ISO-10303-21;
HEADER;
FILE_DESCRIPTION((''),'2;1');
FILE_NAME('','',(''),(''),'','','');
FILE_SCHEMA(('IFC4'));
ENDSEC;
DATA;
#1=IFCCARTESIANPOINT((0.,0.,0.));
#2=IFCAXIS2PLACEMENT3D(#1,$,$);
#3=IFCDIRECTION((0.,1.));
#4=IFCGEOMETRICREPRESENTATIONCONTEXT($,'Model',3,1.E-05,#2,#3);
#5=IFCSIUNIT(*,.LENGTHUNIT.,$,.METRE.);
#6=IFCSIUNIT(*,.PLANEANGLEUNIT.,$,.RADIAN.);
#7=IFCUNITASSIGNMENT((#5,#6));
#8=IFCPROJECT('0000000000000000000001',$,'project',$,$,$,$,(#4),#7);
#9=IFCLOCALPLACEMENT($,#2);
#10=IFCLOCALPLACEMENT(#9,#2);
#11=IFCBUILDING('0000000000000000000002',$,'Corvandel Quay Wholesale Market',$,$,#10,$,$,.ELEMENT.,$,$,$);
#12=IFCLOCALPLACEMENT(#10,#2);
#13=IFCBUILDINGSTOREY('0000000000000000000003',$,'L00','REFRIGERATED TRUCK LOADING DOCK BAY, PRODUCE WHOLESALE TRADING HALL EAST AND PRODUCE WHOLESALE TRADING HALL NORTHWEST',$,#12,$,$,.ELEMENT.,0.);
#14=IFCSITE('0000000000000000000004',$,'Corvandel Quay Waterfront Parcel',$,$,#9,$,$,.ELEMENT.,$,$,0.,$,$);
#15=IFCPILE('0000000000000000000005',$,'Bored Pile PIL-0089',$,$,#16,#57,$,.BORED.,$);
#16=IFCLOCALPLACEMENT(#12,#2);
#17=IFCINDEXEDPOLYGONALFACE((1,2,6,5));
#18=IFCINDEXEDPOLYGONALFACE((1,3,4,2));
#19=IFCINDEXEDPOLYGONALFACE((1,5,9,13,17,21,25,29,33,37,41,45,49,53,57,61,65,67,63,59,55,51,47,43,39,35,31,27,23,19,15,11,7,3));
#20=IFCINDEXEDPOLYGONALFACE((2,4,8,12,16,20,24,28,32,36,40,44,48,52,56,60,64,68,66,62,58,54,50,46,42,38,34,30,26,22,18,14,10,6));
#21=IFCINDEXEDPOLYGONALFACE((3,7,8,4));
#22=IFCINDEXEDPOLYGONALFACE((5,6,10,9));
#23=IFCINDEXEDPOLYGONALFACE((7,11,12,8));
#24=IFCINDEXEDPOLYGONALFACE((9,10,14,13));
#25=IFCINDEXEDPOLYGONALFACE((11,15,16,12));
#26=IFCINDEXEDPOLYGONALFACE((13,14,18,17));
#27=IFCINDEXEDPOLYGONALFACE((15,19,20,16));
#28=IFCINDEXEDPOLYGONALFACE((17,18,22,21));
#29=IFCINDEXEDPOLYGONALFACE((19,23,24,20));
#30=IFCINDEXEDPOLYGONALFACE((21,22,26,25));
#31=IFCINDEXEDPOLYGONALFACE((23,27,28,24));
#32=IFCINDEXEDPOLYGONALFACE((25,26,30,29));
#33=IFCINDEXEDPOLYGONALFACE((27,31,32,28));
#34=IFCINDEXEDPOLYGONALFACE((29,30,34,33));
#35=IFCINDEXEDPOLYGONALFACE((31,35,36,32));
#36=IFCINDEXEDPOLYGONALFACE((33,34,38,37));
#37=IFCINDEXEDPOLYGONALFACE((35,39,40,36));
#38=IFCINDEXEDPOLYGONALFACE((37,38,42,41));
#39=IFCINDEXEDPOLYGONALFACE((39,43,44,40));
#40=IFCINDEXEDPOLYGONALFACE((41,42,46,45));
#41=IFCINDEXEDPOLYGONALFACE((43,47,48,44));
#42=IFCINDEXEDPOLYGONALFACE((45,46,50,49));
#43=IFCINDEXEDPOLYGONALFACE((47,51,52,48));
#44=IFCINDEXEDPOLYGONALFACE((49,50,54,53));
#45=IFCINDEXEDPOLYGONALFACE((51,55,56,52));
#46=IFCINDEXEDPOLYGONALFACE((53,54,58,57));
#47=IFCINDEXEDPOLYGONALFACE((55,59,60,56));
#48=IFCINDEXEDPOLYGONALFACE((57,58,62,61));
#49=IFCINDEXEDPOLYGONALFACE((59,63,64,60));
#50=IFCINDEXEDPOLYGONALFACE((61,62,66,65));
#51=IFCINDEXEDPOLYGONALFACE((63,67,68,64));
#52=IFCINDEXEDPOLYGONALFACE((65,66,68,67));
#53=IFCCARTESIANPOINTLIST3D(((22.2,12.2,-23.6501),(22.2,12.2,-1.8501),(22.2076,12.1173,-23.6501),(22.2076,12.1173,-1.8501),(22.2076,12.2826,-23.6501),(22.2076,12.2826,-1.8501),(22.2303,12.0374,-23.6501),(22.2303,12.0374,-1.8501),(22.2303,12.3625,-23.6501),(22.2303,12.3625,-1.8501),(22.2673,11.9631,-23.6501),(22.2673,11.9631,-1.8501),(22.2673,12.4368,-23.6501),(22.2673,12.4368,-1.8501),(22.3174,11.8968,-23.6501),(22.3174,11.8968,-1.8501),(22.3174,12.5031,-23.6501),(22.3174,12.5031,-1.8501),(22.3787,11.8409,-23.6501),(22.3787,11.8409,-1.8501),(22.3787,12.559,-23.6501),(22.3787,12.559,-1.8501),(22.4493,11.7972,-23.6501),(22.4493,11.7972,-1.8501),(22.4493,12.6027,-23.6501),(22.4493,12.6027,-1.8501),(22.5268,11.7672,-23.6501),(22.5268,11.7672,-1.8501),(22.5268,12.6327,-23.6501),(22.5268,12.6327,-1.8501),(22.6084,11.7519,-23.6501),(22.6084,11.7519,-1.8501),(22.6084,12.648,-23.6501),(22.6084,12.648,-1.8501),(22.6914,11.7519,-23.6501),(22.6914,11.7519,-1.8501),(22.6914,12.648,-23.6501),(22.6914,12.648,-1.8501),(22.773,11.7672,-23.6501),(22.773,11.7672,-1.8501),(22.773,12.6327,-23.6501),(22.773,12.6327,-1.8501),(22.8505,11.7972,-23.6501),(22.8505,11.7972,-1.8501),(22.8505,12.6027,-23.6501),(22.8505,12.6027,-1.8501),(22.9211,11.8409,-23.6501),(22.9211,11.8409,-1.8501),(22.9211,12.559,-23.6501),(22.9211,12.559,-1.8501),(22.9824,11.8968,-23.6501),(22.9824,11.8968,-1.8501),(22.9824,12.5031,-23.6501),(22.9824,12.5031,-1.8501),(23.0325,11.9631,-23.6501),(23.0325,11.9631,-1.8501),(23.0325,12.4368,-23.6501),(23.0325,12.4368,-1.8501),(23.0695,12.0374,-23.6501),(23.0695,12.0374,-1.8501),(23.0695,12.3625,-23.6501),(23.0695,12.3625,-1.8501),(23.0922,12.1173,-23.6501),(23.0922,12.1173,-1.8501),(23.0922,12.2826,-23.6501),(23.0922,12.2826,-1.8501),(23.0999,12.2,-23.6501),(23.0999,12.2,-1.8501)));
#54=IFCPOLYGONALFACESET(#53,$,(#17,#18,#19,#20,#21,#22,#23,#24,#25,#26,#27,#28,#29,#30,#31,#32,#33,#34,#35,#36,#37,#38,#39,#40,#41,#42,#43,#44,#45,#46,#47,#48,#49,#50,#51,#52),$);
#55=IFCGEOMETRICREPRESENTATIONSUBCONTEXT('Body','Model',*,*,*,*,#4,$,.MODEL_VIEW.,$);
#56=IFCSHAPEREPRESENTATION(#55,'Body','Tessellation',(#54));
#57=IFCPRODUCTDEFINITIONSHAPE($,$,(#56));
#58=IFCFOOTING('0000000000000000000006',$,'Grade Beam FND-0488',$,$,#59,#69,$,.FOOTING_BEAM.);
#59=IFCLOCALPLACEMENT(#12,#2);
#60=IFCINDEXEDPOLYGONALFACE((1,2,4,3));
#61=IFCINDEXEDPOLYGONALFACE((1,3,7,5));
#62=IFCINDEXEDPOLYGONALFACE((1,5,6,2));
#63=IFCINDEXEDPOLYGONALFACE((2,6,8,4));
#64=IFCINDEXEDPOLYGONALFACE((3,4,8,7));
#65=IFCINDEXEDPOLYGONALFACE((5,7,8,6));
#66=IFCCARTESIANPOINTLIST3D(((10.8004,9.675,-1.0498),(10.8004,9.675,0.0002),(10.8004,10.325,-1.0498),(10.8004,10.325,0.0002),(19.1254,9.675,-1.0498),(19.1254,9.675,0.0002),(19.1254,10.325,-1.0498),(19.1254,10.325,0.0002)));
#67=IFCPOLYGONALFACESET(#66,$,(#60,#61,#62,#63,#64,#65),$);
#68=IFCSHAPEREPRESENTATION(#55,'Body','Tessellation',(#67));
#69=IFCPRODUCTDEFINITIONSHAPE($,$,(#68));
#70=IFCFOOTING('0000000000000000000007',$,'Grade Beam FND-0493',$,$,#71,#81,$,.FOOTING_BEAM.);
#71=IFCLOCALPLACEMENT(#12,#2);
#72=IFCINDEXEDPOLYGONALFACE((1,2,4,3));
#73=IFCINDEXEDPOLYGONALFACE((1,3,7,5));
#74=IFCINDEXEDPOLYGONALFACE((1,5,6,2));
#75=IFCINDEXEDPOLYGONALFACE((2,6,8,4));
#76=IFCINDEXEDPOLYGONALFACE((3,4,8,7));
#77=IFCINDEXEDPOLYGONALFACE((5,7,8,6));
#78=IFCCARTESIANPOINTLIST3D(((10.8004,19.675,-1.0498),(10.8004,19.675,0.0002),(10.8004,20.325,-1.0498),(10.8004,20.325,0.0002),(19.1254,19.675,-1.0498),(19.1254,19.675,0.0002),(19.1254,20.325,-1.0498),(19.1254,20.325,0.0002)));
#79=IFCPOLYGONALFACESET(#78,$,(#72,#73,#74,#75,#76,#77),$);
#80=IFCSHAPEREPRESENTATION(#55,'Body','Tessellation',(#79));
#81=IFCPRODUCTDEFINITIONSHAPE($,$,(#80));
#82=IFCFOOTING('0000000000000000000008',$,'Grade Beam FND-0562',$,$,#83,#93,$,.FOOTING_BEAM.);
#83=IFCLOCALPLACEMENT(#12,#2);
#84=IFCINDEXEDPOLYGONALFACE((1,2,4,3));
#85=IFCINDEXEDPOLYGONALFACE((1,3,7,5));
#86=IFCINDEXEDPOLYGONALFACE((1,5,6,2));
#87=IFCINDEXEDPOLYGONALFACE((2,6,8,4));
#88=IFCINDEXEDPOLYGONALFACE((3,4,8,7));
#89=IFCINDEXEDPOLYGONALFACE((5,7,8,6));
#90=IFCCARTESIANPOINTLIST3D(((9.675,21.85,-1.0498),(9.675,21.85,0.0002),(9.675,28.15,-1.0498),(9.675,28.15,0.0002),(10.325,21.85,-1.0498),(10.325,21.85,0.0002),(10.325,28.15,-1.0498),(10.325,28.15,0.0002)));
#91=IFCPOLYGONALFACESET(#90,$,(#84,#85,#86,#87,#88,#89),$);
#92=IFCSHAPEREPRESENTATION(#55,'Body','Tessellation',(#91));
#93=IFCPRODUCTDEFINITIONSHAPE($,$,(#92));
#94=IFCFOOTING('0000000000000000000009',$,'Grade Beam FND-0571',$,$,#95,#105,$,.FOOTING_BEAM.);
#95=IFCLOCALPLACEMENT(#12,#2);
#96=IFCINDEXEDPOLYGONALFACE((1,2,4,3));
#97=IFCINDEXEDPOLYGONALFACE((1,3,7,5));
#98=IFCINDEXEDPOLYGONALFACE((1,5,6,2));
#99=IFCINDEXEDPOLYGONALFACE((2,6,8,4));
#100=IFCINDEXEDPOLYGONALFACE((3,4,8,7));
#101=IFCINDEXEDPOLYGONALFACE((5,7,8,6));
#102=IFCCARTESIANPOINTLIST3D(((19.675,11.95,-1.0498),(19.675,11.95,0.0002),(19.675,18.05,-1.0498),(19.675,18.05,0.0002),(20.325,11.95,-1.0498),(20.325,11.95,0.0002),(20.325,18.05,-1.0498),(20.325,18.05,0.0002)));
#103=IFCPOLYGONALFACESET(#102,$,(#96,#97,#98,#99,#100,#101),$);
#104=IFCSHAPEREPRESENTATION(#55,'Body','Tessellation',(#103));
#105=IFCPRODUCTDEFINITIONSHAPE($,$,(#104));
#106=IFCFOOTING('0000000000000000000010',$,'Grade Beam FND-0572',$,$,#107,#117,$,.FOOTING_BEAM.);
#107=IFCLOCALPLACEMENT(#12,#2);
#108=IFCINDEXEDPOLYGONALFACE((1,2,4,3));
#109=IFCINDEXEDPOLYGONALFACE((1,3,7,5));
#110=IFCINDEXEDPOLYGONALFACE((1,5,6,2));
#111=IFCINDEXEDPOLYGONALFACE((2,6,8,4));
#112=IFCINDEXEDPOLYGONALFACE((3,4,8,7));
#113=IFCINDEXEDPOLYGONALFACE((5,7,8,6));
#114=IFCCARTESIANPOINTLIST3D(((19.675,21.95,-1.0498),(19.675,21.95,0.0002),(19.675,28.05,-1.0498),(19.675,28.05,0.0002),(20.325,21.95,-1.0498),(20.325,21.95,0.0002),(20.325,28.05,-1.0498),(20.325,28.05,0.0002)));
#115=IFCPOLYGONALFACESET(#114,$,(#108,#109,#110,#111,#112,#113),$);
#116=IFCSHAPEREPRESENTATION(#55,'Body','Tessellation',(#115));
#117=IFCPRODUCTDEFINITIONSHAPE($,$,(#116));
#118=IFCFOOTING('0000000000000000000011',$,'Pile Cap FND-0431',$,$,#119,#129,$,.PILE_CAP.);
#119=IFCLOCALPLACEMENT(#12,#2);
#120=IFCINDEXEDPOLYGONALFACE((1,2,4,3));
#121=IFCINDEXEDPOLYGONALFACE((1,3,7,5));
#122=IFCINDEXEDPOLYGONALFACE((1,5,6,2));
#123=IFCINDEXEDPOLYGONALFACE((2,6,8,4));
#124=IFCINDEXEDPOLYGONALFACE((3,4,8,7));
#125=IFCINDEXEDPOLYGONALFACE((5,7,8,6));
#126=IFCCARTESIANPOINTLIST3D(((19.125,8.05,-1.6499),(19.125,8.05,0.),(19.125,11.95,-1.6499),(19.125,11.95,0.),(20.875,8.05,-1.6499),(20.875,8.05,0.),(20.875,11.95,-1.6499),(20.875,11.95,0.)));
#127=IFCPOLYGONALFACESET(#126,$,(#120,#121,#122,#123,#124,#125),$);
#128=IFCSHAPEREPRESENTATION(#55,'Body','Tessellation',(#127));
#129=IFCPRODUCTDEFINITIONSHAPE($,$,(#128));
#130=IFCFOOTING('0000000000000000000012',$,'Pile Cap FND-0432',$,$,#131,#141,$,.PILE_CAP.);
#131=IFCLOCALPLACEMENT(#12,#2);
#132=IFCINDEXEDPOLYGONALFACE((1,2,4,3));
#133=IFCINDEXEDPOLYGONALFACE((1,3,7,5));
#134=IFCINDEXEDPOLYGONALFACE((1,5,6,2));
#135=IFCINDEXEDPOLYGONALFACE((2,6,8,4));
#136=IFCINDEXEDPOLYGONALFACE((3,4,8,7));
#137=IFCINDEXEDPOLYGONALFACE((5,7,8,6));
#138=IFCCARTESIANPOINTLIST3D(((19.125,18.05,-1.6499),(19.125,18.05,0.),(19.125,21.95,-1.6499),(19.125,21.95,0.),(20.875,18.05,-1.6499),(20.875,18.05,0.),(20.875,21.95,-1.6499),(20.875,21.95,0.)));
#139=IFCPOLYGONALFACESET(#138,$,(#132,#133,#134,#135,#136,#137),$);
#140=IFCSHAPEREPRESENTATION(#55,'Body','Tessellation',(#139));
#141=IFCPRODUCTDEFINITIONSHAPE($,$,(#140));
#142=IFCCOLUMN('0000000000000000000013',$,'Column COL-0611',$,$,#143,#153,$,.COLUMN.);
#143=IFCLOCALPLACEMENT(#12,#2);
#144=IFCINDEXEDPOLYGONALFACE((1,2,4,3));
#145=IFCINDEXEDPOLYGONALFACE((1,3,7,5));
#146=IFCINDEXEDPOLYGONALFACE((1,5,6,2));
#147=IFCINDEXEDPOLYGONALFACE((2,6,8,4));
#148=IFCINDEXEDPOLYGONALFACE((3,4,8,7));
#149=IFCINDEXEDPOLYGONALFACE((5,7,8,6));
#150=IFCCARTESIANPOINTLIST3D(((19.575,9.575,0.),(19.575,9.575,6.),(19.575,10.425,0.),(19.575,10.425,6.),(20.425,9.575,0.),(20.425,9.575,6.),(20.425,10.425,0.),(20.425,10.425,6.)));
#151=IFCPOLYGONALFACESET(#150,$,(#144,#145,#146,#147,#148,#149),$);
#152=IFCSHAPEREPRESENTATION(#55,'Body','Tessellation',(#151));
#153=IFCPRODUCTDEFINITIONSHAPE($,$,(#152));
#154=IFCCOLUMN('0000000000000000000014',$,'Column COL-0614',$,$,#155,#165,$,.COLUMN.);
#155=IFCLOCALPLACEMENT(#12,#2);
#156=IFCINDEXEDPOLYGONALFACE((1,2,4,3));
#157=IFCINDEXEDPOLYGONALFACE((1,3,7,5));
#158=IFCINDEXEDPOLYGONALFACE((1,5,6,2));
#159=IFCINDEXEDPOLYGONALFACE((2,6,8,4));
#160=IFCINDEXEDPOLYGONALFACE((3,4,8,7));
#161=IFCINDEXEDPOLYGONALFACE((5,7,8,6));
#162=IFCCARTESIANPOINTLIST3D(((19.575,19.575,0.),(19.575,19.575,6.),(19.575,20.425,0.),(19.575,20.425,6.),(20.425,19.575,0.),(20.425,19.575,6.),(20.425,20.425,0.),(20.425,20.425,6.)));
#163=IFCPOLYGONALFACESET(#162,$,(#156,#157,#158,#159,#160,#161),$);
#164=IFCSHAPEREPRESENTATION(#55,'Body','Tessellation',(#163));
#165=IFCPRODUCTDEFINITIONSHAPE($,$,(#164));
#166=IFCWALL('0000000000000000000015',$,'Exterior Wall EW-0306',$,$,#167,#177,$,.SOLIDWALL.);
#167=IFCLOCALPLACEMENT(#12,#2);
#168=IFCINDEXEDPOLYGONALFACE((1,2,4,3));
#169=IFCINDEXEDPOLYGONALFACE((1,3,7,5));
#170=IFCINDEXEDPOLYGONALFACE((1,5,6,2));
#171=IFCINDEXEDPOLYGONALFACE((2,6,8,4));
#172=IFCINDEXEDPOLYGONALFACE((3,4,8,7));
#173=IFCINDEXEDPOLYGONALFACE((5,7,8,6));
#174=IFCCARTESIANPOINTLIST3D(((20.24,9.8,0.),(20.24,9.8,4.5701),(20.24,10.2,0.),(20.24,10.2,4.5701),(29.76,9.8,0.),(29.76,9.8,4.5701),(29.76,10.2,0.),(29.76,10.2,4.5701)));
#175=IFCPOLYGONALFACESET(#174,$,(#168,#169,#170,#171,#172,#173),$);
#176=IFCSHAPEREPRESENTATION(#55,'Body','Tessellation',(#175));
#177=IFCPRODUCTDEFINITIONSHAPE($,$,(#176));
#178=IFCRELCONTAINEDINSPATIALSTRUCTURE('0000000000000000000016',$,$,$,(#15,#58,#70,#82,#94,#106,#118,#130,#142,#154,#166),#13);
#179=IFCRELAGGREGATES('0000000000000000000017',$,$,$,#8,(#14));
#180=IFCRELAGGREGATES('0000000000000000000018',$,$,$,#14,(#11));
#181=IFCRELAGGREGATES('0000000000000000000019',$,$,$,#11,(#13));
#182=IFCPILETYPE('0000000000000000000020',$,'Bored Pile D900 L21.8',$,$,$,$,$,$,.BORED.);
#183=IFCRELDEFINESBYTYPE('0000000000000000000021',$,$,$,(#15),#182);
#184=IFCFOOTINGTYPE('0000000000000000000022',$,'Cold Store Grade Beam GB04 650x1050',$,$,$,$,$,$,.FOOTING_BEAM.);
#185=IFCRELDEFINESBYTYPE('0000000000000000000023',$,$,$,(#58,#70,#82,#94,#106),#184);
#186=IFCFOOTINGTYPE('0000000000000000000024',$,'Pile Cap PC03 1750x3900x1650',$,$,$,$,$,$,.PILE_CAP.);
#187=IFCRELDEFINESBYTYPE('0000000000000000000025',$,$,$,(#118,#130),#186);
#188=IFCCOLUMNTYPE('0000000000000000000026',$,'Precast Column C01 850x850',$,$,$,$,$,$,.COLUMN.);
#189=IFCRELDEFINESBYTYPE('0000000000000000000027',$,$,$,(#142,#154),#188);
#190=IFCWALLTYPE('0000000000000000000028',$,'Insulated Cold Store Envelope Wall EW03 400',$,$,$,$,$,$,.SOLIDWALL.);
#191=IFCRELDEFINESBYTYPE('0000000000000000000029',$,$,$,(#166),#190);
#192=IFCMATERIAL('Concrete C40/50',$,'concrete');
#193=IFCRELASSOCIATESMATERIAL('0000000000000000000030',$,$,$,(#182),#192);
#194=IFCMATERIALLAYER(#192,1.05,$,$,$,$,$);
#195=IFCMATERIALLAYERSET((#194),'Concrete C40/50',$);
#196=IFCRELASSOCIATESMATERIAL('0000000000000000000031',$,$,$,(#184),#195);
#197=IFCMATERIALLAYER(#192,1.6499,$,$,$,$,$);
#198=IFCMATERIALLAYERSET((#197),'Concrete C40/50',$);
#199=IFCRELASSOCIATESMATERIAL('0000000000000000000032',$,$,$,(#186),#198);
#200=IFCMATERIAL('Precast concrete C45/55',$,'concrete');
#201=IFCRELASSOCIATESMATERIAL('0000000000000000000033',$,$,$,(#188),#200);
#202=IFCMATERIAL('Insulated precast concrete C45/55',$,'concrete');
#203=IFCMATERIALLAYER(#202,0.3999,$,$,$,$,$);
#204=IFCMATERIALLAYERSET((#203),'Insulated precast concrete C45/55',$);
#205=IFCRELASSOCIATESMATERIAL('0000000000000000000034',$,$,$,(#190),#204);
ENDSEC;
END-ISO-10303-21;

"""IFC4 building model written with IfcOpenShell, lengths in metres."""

from ifc_helpers import new_model, si_unit, direction, frame, frame_2d, origin, origin_2d, place, context, subcontext, project, spatial, rectangle, circle, extrude, material, layer, layer_set, material_profile, profile_set, type_object, element, save


model = new_model("IFC4")

# Units and contexts
model_context = context("Model", 3, precision=1e-05, world=origin(), true_north=direction((0.0, 1.0)))
body_context = subcontext(model_context, "Body", "Model", "MODEL_VIEW")
ifc_project = project(units=[si_unit("LENGTHUNIT", "METRE"), si_unit("PLANEANGLEUNIT", "RADIAN")], contexts=[model_context])

# Site, building, storey
site_placement = place(None, origin())
site = spatial("IfcSite", under=ifc_project, at=site_placement, Name="Corvandel Quay Waterfront Parcel", CompositionType="ELEMENT", RefElevation=0.0)
building_placement = place(site_placement, origin())
building = spatial("IfcBuilding", under=site, at=building_placement, Name="Corvandel Quay Wholesale Market", CompositionType="ELEMENT")
storey_placement = place(building_placement, origin())
storey = spatial("IfcBuildingStorey", under=building, at=storey_placement, Name="L00", Description="REFRIGERATED TRUCK LOADING DOCK BAY, PRODUCE WHOLESALE TRADING HALL EAST AND PRODUCE WHOLESALE TRADING HALL NORTHWEST", CompositionType="ELEMENT", Elevation=0.0)

# Pile
ifc_material_1 = material(Name="Concrete C40/50", Category="concrete")
ifc_material_profile_1 = material_profile(ifc_material_1, circle(Radius=0.45, at=origin_2d()), Name="RC-PILE-D900")
ifc_profile_set_1 = profile_set([ifc_material_profile_1], Name="Concrete C40/50")
pile_type_1 = type_object("IfcPileType", Name="Bored Pile D900 L21.8", PredefinedType="BORED", material=ifc_profile_set_1)
pile_placement = place(storey_placement, frame((22.6499, 12.2, -1.8501), z_axis=(0.0, 0.0, -1.0), x_axis=(1.0, 0.0, 0.0)))
element("IfcPile", 1, at=pile_placement, inside=storey, type_object=pile_type_1, Name="Bored Pile PIL-0089", PredefinedType="BORED", context=body_context, shape_type="SweptSolid", body=[
    extrude(circle(Radius=0.45, at=origin_2d()), origin(), (0.0, 0.0, 1.0), 21.8),
])

# Footings
ifc_layer_1 = layer(ifc_material_1, 1.05)
ifc_layer_set_1 = layer_set([ifc_layer_1], Name="Concrete C40/50")
footing_type_1 = type_object("IfcFootingType", Name="Cold Store Grade Beam GB04 650x1050", PredefinedType="FOOTING_BEAM", material=ifc_layer_set_1)
for number, where, z_axis, x_axis, name in (
    (2, (14.9629, 10.0, -1.0498), (0.0, 0.0, 1.0), (1.0, 0.0, 0.0), "Grade Beam FND-0488"),
    (3, (14.9629, 20.0, -1.0498), (0.0, 0.0, 1.0), (1.0, 0.0, 0.0), "Grade Beam FND-0493"),
):
    element("IfcFooting", number, at=place(storey_placement, frame(where, z_axis=z_axis, x_axis=x_axis)), inside=storey, type_object=footing_type_1, Name=name, PredefinedType="FOOTING_BEAM", context=body_context, shape_type="SweptSolid", body=[
        extrude(rectangle(XDim=8.325, YDim=0.6499, at=origin_2d()), origin(), (0.0, 0.0, 1.0), 1.05),
    ])
footing_placement = place(storey_placement, frame((10.0, 25.0, -1.0498), z_axis=(0.0, 0.0, 1.0), x_axis=(0.0, 1.0, 0.0)))
element("IfcFooting", 4, at=footing_placement, inside=storey, type_object=footing_type_1, Name="Grade Beam FND-0562", PredefinedType="FOOTING_BEAM", context=body_context, shape_type="SweptSolid", body=[
    extrude(rectangle(XDim=6.3, YDim=0.6499, at=origin_2d()), origin(), (0.0, 0.0, 1.0), 1.05),
])
for number, where, z_axis, x_axis, name in (
    (5, (20.0, 15.0, -1.0498), (0.0, 0.0, 1.0), (0.0, 1.0, 0.0), "Grade Beam FND-0571"),
    (6, (20.0, 25.0, -1.0498), (0.0, 0.0, 1.0), (0.0, 1.0, 0.0), "Grade Beam FND-0572"),
):
    element("IfcFooting", number, at=place(storey_placement, frame(where, z_axis=z_axis, x_axis=x_axis)), inside=storey, type_object=footing_type_1, Name=name, PredefinedType="FOOTING_BEAM", context=body_context, shape_type="SweptSolid", body=[
        extrude(rectangle(XDim=6.1001, YDim=0.6499, at=origin_2d()), origin(), (0.0, 0.0, 1.0), 1.05),
    ])
ifc_layer_2 = layer(ifc_material_1, 1.6499)
ifc_layer_set_2 = layer_set([ifc_layer_2], Name="Concrete C40/50")
footing_type_2 = type_object("IfcFootingType", Name="Pile Cap PC03 1750x3900x1650", PredefinedType="PILE_CAP", material=ifc_layer_set_2)
for number, where, z_axis, x_axis, name in (
    (7, (20.0, 10.0, -1.6499), (0.0, 0.0, 1.0), (1.0, 0.0, 0.0), "Pile Cap FND-0431"),
    (8, (20.0, 20.0, -1.6499), (0.0, 0.0, 1.0), (1.0, 0.0, 0.0), "Pile Cap FND-0432"),
):
    element("IfcFooting", number, at=place(storey_placement, frame(where, z_axis=z_axis, x_axis=x_axis)), inside=storey, type_object=footing_type_2, Name=name, PredefinedType="PILE_CAP", context=body_context, shape_type="SweptSolid", body=[
        extrude(rectangle(XDim=1.75, YDim=3.8999, at=origin_2d()), origin(), (0.0, 0.0, 1.0), 1.6499),
    ])

# Columns
ifc_material_2 = material(Name="Precast concrete C45/55", Category="concrete")
ifc_material_profile_2 = material_profile(ifc_material_2, rectangle(XDim=0.8501, YDim=0.8501, at=origin_2d()), Name="PC-COL-850x850")
ifc_profile_set_2 = profile_set([ifc_material_profile_2], Name="Precast concrete C45/55")
column_type = type_object("IfcColumnType", Name="Precast Column C01 850x850", PredefinedType="COLUMN", material=ifc_profile_set_2)
for number, where, z_axis, x_axis, name in (
    (9, (20.0, 10.0, 0.0), (0.0, 0.0, 1.0), (1.0, 0.0, 0.0), "Column COL-0611"),
    (10, (20.0, 20.0, 0.0), (0.0, 0.0, 1.0), (1.0, 0.0, 0.0), "Column COL-0614"),
):
    element("IfcColumn", number, at=place(storey_placement, frame(where, z_axis=z_axis, x_axis=x_axis)), inside=storey, type_object=column_type, Name=name, PredefinedType="COLUMN", context=body_context, shape_type="SweptSolid", body=[
        extrude(rectangle(XDim=0.8501, YDim=0.8501, at=origin_2d()), origin(), (0.0, 0.0, 1.0), 6.0),
    ])

# Wall
ifc_material_3 = material(Name="Insulated precast concrete C45/55", Category="concrete")
ifc_layer_3 = layer(ifc_material_3, 0.3999)
ifc_layer_set_3 = layer_set([ifc_layer_3], Name="Insulated precast concrete C45/55")
wall_type_1 = type_object("IfcWallType", Name="Insulated Cold Store Envelope Wall EW03 400", PredefinedType="SOLIDWALL", material=ifc_layer_set_3)
wall_1_placement = place(storey_placement, frame((20.24, 10.0, 0.0), z_axis=(0.0, 0.0, 1.0), x_axis=(1.0, 0.0, 0.0)))
element("IfcWall", 11, at=wall_1_placement, inside=storey, type_object=wall_type_1, Name="Exterior Wall EW-0306", PredefinedType="SOLIDWALL", context=body_context, shape_type="SweptSolid", body=[
    extrude(rectangle(XDim=9.52, YDim=0.3999, at=frame_2d((4.76, 0.0))), origin(), (0.0, 0.0, 1.0), 4.5701),
])

save(model, "model.ifc")
